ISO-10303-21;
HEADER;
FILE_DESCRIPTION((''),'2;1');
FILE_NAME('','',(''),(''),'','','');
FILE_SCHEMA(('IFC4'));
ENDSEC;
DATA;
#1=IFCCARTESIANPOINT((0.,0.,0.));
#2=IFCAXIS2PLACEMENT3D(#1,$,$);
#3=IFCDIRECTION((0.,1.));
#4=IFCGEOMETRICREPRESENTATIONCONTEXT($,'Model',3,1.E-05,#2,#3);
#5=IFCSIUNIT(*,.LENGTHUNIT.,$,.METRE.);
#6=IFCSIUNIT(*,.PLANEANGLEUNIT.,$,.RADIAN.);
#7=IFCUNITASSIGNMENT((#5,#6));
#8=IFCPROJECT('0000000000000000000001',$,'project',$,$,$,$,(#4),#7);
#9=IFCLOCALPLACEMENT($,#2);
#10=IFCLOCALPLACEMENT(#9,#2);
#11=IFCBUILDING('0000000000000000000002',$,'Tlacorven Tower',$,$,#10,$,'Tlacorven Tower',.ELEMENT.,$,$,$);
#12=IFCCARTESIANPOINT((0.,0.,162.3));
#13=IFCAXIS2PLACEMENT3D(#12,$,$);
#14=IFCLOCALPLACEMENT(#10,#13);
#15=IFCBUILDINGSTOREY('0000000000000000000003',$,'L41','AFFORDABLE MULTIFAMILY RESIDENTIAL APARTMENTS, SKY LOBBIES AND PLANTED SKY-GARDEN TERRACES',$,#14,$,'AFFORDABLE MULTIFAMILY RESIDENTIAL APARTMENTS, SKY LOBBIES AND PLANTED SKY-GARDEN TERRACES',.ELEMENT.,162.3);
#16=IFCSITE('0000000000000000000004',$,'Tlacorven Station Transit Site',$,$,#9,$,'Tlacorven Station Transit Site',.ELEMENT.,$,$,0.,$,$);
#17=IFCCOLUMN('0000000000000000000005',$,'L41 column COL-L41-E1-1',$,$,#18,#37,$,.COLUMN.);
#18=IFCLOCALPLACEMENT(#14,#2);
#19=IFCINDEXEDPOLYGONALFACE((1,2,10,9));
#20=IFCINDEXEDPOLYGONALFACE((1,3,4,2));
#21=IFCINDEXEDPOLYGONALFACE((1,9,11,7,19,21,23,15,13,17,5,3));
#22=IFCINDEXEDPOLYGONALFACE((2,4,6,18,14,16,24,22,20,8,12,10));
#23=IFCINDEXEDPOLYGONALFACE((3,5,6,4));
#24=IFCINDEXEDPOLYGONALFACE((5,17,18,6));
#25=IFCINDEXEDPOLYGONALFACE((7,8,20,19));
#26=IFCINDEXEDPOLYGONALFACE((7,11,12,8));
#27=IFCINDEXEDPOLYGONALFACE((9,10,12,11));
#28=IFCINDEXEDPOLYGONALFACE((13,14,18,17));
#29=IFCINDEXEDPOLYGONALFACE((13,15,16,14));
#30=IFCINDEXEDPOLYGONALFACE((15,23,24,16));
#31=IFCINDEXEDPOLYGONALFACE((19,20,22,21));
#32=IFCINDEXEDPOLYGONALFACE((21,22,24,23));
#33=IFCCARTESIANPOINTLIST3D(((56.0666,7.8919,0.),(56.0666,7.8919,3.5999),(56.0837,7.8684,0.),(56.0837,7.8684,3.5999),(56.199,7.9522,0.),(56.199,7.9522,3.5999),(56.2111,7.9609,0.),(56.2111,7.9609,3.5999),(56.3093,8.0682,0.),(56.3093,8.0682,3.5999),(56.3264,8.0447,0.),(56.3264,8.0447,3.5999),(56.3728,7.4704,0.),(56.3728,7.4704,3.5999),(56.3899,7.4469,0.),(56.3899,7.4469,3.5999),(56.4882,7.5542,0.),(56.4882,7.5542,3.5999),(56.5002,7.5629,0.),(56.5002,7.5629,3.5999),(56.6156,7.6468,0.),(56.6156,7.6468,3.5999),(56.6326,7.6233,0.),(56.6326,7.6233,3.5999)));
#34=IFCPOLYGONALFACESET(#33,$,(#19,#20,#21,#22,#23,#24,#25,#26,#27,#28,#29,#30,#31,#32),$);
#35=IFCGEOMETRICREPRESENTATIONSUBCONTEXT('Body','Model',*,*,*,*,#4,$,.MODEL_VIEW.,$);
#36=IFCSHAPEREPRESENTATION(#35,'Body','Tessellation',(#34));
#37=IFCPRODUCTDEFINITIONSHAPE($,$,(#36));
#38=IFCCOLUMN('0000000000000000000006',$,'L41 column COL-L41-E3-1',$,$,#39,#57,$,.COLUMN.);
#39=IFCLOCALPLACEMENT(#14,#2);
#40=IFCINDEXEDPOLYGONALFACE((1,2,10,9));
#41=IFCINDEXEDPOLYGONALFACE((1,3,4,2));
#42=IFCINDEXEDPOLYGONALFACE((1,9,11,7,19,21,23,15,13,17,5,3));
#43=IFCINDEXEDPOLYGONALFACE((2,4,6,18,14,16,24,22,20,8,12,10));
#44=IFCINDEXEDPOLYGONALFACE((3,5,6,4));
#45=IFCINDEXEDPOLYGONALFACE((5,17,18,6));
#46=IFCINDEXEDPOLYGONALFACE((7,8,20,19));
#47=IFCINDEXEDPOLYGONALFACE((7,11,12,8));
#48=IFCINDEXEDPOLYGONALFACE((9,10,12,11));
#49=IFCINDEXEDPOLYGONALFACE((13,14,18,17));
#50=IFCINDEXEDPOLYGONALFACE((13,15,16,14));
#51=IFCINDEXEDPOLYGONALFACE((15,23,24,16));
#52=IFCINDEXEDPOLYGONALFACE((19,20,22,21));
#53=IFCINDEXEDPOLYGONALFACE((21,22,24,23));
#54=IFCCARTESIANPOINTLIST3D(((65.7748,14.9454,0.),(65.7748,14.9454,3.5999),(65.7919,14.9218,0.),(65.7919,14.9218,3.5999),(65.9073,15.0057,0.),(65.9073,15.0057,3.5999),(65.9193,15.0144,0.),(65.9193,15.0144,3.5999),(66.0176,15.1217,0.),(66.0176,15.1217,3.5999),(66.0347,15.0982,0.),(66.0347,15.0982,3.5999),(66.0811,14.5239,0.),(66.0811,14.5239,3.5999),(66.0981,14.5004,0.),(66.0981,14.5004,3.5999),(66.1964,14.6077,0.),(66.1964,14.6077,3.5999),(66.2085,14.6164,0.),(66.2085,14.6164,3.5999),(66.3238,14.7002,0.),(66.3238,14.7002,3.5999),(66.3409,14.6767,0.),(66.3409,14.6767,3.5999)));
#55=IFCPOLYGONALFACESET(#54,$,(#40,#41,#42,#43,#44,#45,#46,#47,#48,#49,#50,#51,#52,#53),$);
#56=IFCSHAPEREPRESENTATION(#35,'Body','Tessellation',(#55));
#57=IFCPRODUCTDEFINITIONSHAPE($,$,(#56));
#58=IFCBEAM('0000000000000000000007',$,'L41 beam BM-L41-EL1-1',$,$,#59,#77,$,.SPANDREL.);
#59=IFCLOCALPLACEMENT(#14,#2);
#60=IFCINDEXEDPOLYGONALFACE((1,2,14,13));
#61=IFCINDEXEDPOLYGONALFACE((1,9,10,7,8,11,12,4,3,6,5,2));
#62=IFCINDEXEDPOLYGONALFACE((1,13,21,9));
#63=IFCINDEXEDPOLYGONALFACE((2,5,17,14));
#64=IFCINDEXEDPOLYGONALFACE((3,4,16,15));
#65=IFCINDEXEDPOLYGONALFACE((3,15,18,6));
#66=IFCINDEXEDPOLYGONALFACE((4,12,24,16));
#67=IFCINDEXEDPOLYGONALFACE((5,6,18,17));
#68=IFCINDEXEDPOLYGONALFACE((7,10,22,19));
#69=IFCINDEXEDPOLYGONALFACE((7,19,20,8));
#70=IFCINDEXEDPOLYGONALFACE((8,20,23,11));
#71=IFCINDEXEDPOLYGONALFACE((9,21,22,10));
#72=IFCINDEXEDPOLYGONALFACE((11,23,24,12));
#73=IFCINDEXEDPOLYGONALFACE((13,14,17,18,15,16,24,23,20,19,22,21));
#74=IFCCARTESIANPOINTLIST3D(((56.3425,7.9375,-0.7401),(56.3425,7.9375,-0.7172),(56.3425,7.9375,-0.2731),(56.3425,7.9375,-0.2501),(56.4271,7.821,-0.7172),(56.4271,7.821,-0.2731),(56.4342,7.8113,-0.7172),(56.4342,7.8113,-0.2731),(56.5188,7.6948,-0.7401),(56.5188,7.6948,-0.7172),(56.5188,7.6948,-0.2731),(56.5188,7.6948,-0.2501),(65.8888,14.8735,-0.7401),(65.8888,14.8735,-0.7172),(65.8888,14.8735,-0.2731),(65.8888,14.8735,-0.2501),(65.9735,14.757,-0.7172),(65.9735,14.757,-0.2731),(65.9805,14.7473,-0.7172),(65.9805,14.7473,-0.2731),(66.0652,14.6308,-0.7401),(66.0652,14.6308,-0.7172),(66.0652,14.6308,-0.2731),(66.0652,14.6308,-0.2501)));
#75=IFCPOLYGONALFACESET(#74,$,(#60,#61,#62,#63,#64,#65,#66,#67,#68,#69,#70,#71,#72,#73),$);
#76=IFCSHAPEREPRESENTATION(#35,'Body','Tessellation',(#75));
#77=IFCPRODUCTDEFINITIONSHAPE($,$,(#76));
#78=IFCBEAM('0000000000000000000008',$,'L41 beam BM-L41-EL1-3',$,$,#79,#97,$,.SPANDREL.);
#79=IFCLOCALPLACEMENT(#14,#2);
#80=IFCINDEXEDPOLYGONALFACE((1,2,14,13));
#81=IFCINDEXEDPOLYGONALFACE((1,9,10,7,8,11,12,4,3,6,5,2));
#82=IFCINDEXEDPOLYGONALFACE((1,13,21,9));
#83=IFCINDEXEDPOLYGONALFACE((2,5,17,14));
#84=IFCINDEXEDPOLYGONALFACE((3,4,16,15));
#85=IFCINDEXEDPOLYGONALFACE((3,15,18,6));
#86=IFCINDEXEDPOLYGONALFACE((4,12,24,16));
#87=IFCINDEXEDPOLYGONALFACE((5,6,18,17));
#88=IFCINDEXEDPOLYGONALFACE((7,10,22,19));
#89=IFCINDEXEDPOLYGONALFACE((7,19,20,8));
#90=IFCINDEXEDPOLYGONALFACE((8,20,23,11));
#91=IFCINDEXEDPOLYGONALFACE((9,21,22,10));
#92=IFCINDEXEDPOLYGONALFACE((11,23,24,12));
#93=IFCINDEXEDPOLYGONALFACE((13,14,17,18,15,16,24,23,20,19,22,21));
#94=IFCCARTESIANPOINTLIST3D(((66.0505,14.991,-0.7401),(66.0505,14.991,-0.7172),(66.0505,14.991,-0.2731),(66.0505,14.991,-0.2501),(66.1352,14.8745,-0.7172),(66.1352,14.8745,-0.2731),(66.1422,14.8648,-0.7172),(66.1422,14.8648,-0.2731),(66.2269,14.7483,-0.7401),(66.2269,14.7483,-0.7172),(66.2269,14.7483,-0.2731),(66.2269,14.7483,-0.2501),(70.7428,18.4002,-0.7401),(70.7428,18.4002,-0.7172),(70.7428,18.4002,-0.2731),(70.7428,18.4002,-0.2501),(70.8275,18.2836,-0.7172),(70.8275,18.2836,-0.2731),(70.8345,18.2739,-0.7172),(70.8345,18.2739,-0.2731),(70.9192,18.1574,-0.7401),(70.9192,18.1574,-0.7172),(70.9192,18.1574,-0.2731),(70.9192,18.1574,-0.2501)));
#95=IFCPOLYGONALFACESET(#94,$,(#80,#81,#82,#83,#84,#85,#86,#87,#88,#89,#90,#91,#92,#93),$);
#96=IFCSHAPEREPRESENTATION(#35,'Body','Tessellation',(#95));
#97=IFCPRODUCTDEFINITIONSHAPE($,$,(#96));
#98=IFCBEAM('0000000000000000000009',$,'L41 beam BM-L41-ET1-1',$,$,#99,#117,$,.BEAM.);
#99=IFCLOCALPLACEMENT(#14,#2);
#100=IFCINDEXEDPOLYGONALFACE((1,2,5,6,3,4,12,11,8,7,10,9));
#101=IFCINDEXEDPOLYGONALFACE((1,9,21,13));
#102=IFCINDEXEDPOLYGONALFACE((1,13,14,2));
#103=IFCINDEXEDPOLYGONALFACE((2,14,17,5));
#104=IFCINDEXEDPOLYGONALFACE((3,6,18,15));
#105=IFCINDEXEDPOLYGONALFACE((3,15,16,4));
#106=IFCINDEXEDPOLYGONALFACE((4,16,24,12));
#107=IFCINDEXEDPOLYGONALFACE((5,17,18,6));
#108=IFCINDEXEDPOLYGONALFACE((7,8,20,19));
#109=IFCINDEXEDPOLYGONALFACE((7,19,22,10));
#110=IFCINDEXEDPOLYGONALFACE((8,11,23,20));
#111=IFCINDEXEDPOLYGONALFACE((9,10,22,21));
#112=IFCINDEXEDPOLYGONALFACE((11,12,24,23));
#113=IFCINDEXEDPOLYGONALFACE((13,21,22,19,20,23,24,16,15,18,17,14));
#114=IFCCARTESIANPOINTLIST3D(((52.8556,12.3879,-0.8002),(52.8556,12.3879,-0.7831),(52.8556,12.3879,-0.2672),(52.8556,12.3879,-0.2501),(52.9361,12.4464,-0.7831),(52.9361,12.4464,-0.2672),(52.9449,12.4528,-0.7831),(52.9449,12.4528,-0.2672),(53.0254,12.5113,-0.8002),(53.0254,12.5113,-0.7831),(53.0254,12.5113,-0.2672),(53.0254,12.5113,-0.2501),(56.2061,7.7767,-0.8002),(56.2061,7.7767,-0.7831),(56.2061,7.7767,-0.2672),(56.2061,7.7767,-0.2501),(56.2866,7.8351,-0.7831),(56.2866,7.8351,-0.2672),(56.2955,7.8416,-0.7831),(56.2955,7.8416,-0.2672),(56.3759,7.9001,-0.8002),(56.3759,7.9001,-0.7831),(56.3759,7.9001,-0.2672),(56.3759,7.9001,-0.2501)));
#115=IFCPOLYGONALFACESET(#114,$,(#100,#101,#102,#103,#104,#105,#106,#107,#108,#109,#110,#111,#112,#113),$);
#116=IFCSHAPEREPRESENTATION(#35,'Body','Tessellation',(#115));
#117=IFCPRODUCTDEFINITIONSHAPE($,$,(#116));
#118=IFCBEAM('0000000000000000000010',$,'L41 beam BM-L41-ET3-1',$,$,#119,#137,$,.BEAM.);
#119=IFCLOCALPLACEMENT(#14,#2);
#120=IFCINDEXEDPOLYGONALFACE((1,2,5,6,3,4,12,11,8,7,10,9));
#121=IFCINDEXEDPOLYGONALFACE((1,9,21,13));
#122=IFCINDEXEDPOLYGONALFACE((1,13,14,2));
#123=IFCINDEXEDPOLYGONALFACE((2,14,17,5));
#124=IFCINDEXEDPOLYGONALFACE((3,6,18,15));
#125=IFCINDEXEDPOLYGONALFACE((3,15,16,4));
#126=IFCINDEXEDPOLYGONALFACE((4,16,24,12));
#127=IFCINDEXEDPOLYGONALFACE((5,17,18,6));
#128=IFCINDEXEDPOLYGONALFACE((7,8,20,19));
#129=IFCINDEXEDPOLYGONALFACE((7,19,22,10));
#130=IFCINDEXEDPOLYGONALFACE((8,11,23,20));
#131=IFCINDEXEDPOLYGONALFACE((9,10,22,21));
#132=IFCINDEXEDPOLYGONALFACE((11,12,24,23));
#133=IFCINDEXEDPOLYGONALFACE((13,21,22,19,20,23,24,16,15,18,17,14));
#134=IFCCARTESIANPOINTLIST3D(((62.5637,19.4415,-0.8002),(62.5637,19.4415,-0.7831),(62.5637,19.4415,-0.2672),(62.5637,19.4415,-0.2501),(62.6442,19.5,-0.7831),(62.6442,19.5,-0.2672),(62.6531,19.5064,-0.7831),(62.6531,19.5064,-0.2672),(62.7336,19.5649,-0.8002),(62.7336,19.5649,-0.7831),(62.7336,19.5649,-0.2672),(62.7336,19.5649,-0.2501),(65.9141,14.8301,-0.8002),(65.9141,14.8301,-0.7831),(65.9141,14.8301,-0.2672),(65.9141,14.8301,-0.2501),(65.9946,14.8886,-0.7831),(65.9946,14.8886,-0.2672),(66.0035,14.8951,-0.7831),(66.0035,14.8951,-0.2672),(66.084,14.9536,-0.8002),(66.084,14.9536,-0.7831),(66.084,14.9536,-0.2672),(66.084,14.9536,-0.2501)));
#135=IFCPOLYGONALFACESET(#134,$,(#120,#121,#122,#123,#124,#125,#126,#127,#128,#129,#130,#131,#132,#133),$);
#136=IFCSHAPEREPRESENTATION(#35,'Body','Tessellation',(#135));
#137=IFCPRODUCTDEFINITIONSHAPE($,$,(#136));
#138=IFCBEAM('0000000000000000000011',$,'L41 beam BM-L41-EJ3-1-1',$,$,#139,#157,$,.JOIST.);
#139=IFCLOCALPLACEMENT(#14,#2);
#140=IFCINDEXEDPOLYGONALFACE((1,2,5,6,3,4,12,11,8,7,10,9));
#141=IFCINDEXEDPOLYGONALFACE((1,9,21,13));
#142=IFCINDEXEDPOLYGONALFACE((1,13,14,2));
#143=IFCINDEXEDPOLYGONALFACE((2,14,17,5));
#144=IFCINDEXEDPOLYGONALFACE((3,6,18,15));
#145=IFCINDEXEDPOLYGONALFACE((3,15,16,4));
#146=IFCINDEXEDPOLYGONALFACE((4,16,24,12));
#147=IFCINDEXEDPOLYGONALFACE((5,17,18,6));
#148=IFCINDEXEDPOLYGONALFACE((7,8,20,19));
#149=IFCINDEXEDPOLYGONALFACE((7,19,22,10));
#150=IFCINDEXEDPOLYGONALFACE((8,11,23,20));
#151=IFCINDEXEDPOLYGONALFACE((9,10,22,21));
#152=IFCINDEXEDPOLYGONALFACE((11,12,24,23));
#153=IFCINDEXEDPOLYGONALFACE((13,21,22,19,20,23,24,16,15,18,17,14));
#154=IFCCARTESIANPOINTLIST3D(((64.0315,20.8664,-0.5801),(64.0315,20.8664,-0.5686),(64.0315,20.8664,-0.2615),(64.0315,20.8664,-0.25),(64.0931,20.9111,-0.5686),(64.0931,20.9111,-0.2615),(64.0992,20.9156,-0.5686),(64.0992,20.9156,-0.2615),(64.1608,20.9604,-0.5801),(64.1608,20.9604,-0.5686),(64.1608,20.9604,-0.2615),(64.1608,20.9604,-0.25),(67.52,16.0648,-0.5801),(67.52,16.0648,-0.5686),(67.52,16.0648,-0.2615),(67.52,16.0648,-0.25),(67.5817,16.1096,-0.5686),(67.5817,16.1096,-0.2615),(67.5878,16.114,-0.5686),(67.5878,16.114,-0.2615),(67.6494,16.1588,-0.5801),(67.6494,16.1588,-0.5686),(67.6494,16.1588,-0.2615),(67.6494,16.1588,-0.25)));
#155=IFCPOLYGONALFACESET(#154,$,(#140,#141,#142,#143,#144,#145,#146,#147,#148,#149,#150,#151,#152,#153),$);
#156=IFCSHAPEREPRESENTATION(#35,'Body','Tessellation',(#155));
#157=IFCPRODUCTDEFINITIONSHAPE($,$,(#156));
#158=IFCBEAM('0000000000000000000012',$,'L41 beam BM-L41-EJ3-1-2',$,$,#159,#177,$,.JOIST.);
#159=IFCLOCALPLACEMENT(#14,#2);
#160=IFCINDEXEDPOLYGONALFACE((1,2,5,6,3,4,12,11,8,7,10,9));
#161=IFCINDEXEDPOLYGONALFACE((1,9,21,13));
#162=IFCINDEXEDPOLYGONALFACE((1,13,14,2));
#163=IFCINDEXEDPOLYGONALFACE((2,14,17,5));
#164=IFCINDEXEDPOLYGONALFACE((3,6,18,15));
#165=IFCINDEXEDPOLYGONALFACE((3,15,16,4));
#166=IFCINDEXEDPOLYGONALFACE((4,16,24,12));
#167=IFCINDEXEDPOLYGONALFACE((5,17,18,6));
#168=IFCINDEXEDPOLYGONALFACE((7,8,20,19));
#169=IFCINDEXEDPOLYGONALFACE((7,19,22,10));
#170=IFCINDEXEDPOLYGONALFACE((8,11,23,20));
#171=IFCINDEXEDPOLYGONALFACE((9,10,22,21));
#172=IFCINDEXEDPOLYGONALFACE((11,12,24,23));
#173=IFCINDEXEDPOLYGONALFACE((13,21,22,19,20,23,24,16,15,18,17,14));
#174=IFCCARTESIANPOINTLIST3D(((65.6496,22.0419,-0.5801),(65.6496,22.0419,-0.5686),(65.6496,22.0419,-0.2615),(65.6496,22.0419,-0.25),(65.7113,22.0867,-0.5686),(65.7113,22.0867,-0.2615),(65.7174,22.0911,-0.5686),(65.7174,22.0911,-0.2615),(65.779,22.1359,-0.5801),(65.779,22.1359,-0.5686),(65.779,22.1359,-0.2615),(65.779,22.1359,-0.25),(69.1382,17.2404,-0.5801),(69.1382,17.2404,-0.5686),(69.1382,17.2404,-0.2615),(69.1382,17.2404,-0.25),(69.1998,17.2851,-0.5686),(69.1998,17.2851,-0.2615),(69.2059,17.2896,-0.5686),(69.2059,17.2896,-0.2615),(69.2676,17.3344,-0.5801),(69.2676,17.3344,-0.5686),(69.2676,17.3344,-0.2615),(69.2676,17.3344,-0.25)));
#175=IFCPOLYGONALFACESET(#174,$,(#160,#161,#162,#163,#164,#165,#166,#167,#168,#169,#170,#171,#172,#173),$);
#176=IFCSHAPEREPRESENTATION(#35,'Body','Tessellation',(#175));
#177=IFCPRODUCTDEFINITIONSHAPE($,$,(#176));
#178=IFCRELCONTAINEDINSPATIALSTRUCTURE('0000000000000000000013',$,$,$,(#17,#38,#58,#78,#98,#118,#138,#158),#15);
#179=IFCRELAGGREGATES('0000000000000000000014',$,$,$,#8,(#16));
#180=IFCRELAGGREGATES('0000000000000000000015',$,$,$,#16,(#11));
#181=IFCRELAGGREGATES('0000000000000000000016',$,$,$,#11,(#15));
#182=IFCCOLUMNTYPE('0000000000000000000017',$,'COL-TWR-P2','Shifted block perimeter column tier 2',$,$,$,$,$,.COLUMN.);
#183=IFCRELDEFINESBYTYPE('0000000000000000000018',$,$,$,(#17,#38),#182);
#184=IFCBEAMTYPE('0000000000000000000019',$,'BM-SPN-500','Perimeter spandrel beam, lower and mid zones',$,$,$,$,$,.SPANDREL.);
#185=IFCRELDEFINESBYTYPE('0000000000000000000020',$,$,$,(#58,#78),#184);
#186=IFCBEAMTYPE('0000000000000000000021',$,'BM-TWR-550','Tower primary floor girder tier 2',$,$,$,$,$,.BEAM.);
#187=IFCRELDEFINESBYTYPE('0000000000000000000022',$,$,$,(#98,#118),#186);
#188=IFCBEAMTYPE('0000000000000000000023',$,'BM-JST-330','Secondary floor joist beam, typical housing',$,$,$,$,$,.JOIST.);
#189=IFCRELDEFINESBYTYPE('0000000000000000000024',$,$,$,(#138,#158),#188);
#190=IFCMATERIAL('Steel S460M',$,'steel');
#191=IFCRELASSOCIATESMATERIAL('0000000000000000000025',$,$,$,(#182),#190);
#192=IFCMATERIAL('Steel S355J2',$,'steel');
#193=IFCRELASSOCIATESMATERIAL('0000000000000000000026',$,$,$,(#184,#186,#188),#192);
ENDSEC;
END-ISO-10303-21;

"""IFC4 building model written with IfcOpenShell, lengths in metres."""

from ifc_helpers import new_model, si_unit, direction, frame, origin, origin_2d, place, context, subcontext, project, spatial, i_section, extrude, source, transform, mapped, material, material_profile, profile_set, type_object, element, save


model = new_model("IFC4")

# Units and contexts
model_context = context("Model", 3, precision=1e-05, world=origin(), true_north=direction((0.0, 1.0)))
body_context = subcontext(model_context, "Body", "Model", "MODEL_VIEW")
ifc_project = project(units=[si_unit("LENGTHUNIT", "METRE"), si_unit("PLANEANGLEUNIT", "RADIAN")], contexts=[model_context])

# Site, building, storey
site_placement = place(None, origin())
site = spatial("IfcSite", under=ifc_project, at=site_placement, Name="Tlacorven Station Transit Site", LongName="Tlacorven Station Transit Site", CompositionType="ELEMENT", RefElevation=0.0)
building_placement = place(site_placement, origin())
building = spatial("IfcBuilding", under=site, at=building_placement, Name="Tlacorven Tower", LongName="Tlacorven Tower", CompositionType="ELEMENT")
storey_placement = place(building_placement, frame((0.0, 0.0, 162.3)))
storey = spatial("IfcBuildingStorey", under=building, at=storey_placement, Name="L41", Description="AFFORDABLE MULTIFAMILY RESIDENTIAL APARTMENTS, SKY LOBBIES AND PLANTED SKY-GARDEN TERRACES", LongName="AFFORDABLE MULTIFAMILY RESIDENTIAL APARTMENTS, SKY LOBBIES AND PLANTED SKY-GARDEN TERRACES", CompositionType="ELEMENT", Elevation=162.3)

# Columns
ifc_material_1 = material(Name="Steel S460M", Category="steel")
ifc_material_profile_1 = material_profile(ifc_material_1, i_section(OverallWidth=0.3, OverallDepth=0.55, WebThickness=0.0149, FlangeThickness=0.0291, at=origin_2d()), Name="HEB 550")
ifc_profile_set_1 = profile_set([ifc_material_profile_1], Name="Steel S460M")
column_type = type_object("IfcColumnType", Name="COL-TWR-P2", Description="Shifted block perimeter column tier 2", PredefinedType="COLUMN", material=ifc_profile_set_1)
shared_shape_1 = source(origin(), body_context, "Body", "SweptSolid", [
    extrude(i_section(OverallWidth=0.3, OverallDepth=0.55, WebThickness=0.0149, FlangeThickness=0.0291, at=origin_2d()), origin(), (0.0, 0.0, 1.0), 3.5999),
])
for number, where, z_axis, x_axis, name in (
    (1, (56.3496, 7.7576, 0.0), (0.0, 0.0, 1.0), (0.809017, 0.587785, 0.0), "L41 column COL-L41-E1-1"),
    (2, (66.0579, 14.811, 0.0), (0.0, 0.0, 1.0), (0.809017, 0.587785, 0.0), "L41 column COL-L41-E3-1"),
):
    element("IfcColumn", number, at=place(storey_placement, frame(where, z_axis=z_axis, x_axis=x_axis)), inside=storey, type_object=column_type, Name=name, PredefinedType="COLUMN", context=body_context, shape_type="MappedRepresentation", body=[
        mapped(shared_shape_1, transform((0.0, 0.0, 0.0), scale=1.0)),
    ])

# Beams
ifc_material_2 = material(Name="Steel S355J2", Category="steel")
ifc_material_profile_2 = material_profile(ifc_material_2, i_section(OverallWidth=0.3, OverallDepth=0.49, WebThickness=0.012, FlangeThickness=0.0229, at=origin_2d()), Name="HEA 500")
ifc_profile_set_2 = profile_set([ifc_material_profile_2], Name="Steel S355J2")
beam_type_1 = type_object("IfcBeamType", Name="BM-SPN-500", Description="Perimeter spandrel beam, lower and mid zones", PredefinedType="SPANDREL", material=ifc_profile_set_2)
shared_shape_2 = source(origin(), body_context, "Body", "SweptSolid", [
    extrude(i_section(OverallWidth=0.3, OverallDepth=0.49, WebThickness=0.012, FlangeThickness=0.0229, at=origin_2d()), origin(), (0.0, 0.0, 1.0), 11.8),
])
beam_1_placement = place(storey_placement, frame((56.4307, 7.8162, -0.4951), z_axis=(0.80901, 0.587795, 0.0), x_axis=(-0.587795, 0.80901, 0.0)))
element("IfcBeam", 3, at=beam_1_placement, inside=storey, type_object=beam_type_1, Name="L41 beam BM-L41-EL1-1", PredefinedType="SPANDREL", context=body_context, shape_type="MappedRepresentation", body=[
    mapped(shared_shape_2, transform((0.0, 0.0, 0.0), scale=1.0)),
])
shared_shape_3 = source(origin(), body_context, "Body", "SweptSolid", [
    extrude(i_section(OverallWidth=0.3, OverallDepth=0.49, WebThickness=0.012, FlangeThickness=0.0229, at=origin_2d()), origin(), (0.0, 0.0, 1.0), 5.8),
])
beam_2_placement = place(storey_placement, frame((66.1387, 14.8696, -0.4951), z_axis=(0.80902, 0.587781, 0.0), x_axis=(-0.587781, 0.80902, 0.0)))
element("IfcBeam", 4, at=beam_2_placement, inside=storey, type_object=beam_type_1, Name="L41 beam BM-L41-EL1-3", PredefinedType="SPANDREL", context=body_context, shape_type="MappedRepresentation", body=[
    mapped(shared_shape_3, transform((0.0, 0.0, 0.0), scale=1.0)),
])
ifc_material_profile_3 = material_profile(ifc_material_2, i_section(OverallWidth=0.21, OverallDepth=0.55, WebThickness=0.011, FlangeThickness=0.0171, at=origin_2d()), Name="IPE 550")
ifc_profile_set_3 = profile_set([ifc_material_profile_3], Name="Steel S355J2")
beam_type_2 = type_object("IfcBeamType", Name="BM-TWR-550", Description="Tower primary floor girder tier 2", PredefinedType="BEAM", material=ifc_profile_set_3)
shared_shape_4 = source(origin(), body_context, "Body", "SweptSolid", [
    extrude(i_section(OverallWidth=0.21, OverallDepth=0.55, WebThickness=0.011, FlangeThickness=0.0171, at=origin_2d()), origin(), (0.0, 0.0, 1.0), 5.7),
])
for number, where, z_axis, x_axis, name in (
    (5, (56.291, 7.8384, -0.5251), (-0.587815, 0.808995, 0.0), (-0.808995, -0.587815, 0.0), "L41 beam BM-L41-ET1-1"),
    (6, (65.999, 14.8918, -0.5251), (-0.587787, 0.809016, 0.0), (-0.809016, -0.587787, 0.0), "L41 beam BM-L41-ET3-1"),
):
    element("IfcBeam", number, at=place(storey_placement, frame(where, z_axis=z_axis, x_axis=x_axis)), inside=storey, type_object=beam_type_2, Name=name, PredefinedType="BEAM", context=body_context, shape_type="MappedRepresentation", body=[
        mapped(shared_shape_4, transform((0.0, 0.0, 0.0), scale=1.0)),
    ])
ifc_material_profile_4 = material_profile(ifc_material_2, i_section(OverallWidth=0.1599, OverallDepth=0.3301, WebThickness=0.0076, FlangeThickness=0.0115, at=origin_2d()), Name="IPE 330")
ifc_profile_set_4 = profile_set([ifc_material_profile_4], Name="Steel S355J2")
beam_type_3 = type_object("IfcBeamType", Name="BM-JST-330", Description="Secondary floor joist beam, typical housing", PredefinedType="JOIST", material=ifc_profile_set_4)
shared_shape_5 = source(origin(), body_context, "Body", "SweptSolid", [
    extrude(i_section(OverallWidth=0.1599, OverallDepth=0.3301, WebThickness=0.0076, FlangeThickness=0.0115, at=origin_2d()), origin(), (0.0, 0.0, 1.0), 5.9351),
])
for number, where, z_axis, x_axis, name in (
    (7, (67.5847, 16.1118, -0.415), (-0.587788, 0.809015, 0.0), (-0.809015, -0.587788, 0.0), "L41 beam BM-L41-EJ3-1-1"),
    (8, (69.2029, 17.2874, -0.415), (-0.587788, 0.809015, 0.0), (-0.809015, -0.587788, 0.0), "L41 beam BM-L41-EJ3-1-2"),
):
    element("IfcBeam", number, at=place(storey_placement, frame(where, z_axis=z_axis, x_axis=x_axis)), inside=storey, type_object=beam_type_3, Name=name, PredefinedType="JOIST", context=body_context, shape_type="MappedRepresentation", body=[
        mapped(shared_shape_5, transform((0.0, 0.0, 0.0), scale=1.0)),
    ])

save(model, "model.ifc")
